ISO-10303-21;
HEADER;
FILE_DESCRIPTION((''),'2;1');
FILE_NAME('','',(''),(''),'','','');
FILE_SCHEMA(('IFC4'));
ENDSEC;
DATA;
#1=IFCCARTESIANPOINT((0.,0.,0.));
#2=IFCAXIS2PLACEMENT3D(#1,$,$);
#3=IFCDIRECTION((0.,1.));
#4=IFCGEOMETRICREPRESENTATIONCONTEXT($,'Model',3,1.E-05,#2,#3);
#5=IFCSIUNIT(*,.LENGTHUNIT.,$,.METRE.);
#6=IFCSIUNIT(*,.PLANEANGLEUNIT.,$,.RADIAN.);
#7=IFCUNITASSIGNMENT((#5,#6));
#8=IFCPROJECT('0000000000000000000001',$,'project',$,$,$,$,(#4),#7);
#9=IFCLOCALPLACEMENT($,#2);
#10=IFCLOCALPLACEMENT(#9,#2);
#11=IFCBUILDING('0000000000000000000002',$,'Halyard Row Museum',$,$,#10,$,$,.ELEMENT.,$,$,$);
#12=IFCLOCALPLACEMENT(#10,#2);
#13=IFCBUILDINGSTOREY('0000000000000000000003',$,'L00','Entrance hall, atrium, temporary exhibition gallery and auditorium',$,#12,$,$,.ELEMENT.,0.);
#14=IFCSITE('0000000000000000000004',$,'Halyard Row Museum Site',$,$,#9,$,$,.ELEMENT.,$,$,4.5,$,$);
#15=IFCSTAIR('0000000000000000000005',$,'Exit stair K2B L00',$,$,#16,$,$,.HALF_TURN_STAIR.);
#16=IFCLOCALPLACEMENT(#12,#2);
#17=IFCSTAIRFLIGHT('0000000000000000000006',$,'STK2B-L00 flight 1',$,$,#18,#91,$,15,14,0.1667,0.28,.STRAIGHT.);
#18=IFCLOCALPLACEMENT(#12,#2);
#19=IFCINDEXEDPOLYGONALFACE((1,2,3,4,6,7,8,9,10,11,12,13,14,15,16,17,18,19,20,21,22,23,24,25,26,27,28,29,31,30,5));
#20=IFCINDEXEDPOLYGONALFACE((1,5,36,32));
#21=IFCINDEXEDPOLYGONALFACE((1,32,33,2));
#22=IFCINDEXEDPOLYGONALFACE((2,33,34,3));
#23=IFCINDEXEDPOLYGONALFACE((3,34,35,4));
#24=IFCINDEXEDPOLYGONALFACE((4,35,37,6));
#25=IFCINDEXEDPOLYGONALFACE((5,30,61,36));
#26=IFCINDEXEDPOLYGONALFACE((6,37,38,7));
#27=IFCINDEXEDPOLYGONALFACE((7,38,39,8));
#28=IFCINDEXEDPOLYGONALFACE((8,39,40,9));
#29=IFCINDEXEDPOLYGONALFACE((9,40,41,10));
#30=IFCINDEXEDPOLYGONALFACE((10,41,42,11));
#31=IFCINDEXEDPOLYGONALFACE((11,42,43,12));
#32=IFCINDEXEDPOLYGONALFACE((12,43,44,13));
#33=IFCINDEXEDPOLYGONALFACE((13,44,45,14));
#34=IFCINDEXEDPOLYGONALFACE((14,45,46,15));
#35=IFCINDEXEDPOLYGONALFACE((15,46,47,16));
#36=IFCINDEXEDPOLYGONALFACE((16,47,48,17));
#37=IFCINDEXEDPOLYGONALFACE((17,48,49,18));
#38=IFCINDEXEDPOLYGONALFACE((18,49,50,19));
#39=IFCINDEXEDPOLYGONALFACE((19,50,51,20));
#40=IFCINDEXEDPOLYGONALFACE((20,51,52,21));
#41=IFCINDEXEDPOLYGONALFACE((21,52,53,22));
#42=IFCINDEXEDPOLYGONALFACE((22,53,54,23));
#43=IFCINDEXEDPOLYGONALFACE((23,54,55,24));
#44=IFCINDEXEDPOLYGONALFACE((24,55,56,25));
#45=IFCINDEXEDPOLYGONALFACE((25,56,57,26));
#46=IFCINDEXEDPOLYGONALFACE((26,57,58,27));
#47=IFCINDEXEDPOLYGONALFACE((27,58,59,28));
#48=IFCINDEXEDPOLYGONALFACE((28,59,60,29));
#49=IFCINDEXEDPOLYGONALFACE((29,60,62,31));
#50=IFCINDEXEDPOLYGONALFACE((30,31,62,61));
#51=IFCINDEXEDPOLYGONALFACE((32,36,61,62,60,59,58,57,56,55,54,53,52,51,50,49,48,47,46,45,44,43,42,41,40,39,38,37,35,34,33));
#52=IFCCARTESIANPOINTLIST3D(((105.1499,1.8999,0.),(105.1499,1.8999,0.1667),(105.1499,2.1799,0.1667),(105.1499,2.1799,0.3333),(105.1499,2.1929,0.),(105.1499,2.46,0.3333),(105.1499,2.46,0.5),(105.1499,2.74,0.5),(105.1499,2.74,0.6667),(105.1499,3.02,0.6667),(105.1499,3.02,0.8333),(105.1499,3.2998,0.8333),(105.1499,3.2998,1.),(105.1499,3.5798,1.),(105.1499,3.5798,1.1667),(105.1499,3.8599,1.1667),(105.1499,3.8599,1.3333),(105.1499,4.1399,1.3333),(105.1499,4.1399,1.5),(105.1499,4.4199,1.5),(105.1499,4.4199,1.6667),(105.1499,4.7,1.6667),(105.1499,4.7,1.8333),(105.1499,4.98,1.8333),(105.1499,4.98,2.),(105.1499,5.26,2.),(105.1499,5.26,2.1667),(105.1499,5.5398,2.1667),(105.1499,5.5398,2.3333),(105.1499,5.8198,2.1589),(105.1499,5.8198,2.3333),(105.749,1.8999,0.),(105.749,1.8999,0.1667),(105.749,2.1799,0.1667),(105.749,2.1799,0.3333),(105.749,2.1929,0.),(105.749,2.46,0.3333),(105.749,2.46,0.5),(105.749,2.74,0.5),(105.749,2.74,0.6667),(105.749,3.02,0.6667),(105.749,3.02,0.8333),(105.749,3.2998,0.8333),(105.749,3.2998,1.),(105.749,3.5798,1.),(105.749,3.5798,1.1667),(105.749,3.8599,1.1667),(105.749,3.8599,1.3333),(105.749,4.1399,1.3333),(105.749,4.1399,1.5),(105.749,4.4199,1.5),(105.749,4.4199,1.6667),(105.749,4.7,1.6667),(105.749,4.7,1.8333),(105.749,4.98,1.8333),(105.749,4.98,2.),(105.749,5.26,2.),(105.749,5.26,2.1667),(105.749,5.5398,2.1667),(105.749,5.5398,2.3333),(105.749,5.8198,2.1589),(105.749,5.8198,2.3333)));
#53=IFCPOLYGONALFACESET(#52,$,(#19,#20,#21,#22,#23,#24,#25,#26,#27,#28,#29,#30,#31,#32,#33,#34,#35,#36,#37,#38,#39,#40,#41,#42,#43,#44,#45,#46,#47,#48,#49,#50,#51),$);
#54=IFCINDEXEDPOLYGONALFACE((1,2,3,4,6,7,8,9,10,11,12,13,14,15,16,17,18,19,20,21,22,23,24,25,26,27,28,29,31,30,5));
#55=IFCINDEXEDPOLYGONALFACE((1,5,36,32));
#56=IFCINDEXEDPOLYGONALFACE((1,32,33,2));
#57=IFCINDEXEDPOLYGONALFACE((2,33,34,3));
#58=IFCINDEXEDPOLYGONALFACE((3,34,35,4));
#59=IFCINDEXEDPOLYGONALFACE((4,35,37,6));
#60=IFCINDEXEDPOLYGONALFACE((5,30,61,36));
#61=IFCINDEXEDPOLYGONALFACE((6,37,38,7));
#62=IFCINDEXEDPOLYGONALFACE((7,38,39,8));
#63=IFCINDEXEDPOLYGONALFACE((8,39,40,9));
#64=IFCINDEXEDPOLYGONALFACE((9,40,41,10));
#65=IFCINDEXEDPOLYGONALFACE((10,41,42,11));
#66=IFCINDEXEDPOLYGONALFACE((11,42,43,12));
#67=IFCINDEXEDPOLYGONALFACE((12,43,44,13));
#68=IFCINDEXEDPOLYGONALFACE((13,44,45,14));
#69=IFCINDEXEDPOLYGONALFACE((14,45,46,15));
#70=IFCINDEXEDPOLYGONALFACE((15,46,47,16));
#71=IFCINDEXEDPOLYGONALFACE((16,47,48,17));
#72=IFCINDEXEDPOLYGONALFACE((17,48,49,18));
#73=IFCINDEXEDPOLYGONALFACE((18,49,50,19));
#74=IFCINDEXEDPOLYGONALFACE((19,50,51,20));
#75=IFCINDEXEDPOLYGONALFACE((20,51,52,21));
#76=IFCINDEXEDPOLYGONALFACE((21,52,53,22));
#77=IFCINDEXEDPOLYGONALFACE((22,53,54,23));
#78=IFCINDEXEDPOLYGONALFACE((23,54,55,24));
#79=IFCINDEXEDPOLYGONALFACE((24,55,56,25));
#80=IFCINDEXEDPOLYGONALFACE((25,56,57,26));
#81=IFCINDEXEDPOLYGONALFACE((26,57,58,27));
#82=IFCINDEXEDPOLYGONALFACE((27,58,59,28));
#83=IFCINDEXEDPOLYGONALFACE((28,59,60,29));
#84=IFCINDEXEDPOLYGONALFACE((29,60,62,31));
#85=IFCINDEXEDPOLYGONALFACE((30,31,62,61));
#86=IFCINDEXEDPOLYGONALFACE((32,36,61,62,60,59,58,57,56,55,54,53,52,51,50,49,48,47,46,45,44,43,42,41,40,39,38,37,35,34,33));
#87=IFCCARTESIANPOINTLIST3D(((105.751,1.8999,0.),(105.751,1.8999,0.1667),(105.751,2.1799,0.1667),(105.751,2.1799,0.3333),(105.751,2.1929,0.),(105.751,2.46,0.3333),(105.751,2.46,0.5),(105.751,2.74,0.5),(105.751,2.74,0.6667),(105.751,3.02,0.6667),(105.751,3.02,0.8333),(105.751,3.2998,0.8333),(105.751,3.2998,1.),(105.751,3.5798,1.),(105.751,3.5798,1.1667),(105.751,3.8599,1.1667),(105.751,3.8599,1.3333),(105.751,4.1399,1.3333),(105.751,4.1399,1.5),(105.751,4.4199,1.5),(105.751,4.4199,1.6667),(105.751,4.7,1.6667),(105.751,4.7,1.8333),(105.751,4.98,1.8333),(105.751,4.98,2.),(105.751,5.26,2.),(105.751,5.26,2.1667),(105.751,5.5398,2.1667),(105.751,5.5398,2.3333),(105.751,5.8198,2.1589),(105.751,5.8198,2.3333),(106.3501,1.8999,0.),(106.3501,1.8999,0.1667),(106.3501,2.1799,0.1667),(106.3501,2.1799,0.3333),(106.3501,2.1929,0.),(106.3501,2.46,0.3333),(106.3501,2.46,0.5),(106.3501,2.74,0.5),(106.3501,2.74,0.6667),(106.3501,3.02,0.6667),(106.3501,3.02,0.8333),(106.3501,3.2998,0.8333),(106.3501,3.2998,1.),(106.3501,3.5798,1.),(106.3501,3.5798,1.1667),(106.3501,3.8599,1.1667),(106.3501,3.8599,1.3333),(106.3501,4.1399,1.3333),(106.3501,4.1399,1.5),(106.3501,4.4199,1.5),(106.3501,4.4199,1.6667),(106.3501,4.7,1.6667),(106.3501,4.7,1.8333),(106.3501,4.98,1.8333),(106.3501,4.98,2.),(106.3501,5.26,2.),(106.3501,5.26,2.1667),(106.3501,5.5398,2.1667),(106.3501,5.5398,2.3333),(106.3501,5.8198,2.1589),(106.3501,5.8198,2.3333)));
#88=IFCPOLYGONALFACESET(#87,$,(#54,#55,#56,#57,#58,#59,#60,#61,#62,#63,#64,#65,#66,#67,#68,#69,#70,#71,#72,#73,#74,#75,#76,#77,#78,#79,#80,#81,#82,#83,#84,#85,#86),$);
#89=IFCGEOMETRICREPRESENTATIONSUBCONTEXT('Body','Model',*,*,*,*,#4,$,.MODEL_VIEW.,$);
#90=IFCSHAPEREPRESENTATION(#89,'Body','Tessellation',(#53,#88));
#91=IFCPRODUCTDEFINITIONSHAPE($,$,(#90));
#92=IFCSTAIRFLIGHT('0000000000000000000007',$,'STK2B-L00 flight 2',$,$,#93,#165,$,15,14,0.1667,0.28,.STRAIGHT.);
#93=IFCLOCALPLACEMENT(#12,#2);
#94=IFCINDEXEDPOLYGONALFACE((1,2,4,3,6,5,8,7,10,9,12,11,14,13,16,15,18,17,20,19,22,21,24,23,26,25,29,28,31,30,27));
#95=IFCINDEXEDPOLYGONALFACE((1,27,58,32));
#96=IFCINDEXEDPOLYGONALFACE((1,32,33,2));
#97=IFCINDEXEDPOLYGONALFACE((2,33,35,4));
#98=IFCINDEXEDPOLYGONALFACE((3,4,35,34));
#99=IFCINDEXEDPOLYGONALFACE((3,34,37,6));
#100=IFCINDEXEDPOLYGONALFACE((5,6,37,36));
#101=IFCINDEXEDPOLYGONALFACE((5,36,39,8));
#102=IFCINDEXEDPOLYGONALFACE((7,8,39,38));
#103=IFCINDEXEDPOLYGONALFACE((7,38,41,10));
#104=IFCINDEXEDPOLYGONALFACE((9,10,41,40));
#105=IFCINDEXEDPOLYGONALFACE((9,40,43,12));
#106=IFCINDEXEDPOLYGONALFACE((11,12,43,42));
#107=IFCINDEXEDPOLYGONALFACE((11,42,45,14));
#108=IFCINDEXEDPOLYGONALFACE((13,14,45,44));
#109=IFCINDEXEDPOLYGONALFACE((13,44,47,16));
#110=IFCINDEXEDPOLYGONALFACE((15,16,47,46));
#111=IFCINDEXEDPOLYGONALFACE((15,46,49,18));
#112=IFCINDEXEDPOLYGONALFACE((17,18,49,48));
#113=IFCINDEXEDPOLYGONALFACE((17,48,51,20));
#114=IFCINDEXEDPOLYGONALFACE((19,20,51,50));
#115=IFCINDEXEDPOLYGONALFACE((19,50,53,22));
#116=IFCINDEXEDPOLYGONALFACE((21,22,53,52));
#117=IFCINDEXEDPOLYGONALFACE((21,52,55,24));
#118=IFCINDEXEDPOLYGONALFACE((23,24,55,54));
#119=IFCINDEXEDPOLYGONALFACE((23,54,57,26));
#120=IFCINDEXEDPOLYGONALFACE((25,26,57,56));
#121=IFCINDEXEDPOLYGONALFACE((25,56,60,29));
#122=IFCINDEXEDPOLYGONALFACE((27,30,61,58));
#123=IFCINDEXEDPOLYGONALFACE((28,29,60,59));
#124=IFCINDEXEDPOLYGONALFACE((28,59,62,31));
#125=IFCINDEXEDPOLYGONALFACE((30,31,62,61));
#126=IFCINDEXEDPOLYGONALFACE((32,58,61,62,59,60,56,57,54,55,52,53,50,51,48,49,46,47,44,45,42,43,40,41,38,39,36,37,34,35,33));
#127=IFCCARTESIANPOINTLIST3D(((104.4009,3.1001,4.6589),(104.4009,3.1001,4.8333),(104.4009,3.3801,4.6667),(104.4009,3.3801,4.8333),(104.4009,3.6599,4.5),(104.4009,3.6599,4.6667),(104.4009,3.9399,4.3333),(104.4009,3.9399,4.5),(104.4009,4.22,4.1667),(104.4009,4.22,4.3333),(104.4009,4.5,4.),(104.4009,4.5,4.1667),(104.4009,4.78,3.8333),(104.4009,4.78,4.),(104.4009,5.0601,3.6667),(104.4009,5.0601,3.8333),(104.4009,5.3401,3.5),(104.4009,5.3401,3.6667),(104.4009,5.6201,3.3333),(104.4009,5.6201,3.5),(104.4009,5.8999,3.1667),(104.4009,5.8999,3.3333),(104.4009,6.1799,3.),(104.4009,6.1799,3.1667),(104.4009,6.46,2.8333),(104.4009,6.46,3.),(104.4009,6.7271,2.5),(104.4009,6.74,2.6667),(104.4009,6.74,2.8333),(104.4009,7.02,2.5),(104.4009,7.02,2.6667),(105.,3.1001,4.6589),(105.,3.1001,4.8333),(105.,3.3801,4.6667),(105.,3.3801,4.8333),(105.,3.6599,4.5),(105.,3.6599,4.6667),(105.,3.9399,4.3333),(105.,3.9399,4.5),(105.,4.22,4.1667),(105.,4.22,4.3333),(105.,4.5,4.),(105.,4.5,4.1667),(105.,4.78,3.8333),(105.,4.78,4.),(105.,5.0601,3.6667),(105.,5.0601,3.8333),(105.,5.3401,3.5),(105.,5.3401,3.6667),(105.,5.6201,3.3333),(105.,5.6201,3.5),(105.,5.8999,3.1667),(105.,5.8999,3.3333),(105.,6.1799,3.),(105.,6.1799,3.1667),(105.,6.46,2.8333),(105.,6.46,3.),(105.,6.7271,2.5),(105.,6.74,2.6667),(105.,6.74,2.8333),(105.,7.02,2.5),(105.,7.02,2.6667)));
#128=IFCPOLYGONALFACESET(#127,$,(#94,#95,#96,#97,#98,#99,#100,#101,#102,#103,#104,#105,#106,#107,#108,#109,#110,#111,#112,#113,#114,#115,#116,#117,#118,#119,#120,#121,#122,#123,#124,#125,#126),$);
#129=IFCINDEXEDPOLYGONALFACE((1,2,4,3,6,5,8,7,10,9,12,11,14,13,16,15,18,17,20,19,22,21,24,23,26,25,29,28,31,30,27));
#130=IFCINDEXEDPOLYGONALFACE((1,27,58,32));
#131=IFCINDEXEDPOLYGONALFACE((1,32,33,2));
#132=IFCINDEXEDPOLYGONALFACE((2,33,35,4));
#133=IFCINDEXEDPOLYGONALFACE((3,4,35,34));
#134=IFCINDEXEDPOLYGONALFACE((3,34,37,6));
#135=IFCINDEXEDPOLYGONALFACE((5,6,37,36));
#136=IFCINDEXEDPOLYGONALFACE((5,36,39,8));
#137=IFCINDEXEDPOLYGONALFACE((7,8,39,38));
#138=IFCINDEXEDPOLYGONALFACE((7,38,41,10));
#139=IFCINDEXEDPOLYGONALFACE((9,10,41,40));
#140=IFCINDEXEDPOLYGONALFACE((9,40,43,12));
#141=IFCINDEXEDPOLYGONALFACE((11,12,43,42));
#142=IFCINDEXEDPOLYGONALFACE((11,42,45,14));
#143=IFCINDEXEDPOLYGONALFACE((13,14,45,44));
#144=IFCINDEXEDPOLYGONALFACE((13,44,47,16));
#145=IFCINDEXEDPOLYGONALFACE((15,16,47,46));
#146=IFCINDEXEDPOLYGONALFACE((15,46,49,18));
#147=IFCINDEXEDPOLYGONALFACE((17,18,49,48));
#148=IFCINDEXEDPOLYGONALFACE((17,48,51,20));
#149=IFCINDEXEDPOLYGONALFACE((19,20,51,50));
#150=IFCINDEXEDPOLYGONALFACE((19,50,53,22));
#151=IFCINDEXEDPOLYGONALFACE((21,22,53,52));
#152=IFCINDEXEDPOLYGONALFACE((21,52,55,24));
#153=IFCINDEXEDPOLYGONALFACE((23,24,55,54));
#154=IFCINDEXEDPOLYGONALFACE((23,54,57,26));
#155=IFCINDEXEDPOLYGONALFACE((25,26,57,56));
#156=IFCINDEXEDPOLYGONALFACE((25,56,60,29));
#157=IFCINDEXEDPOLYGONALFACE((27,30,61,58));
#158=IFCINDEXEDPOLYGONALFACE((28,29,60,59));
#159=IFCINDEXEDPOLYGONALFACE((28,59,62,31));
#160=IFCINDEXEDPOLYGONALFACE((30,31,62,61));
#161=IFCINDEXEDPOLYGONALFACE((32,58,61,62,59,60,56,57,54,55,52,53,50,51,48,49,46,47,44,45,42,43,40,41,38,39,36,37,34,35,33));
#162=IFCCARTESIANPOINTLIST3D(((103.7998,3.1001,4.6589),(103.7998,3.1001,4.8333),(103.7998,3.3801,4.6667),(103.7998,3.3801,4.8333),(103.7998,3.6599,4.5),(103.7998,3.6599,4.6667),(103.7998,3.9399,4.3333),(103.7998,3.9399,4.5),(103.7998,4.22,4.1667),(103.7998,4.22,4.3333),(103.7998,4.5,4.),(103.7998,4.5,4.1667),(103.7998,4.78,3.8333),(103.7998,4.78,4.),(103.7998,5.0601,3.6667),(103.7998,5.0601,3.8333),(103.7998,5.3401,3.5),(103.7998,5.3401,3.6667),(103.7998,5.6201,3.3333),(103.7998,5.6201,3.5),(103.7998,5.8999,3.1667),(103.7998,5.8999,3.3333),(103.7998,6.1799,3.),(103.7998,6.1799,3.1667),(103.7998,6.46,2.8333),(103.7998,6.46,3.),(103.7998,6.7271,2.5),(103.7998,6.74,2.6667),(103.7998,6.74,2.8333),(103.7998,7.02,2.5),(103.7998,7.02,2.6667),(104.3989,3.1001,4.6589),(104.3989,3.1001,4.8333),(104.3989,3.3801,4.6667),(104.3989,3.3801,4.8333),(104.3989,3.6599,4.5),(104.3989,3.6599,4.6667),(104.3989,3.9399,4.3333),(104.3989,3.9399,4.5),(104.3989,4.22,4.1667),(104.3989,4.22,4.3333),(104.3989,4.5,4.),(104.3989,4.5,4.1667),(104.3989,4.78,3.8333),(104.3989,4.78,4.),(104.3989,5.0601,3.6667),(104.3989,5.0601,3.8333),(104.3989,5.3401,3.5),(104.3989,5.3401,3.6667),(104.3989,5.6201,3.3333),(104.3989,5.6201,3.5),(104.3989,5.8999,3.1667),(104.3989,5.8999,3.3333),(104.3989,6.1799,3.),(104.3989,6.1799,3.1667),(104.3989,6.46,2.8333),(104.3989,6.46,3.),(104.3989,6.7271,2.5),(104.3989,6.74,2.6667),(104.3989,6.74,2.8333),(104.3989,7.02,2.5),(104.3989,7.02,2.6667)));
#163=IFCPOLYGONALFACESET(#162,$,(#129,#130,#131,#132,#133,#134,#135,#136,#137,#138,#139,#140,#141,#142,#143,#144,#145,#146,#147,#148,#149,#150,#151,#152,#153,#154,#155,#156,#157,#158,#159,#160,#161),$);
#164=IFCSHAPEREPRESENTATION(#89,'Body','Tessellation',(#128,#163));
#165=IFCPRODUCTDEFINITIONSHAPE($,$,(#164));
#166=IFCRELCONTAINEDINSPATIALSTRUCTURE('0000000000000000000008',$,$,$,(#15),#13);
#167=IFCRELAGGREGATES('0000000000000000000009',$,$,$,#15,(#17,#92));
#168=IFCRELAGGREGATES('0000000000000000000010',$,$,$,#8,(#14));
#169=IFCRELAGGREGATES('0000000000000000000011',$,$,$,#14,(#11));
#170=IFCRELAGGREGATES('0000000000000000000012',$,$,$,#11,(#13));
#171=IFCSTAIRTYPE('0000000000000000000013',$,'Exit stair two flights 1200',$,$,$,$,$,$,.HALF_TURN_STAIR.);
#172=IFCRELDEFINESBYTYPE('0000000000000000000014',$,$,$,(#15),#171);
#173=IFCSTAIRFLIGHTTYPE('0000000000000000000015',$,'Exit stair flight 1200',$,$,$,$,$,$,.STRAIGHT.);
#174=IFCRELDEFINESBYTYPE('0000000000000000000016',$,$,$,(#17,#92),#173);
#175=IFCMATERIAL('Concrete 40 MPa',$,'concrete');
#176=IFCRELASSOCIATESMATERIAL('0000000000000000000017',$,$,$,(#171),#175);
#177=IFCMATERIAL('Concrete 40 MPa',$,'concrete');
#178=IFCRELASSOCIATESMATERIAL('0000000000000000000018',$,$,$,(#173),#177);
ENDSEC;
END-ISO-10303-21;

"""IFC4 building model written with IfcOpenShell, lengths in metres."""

from ifc_helpers import new_model, si_unit, direction, frame, origin, place, context, subcontext, project, spatial, polyline, outline, extrude, material, type_object, element, aggregate, save


model = new_model("IFC4")

# Units and contexts
model_context = context("Model", 3, precision=1e-05, world=origin(), true_north=direction((0.0, 1.0)))
body_context = subcontext(model_context, "Body", "Model", "MODEL_VIEW")
ifc_project = project(units=[si_unit("LENGTHUNIT", "METRE"), si_unit("PLANEANGLEUNIT", "RADIAN")], contexts=[model_context])

# Site, building, storey
site_placement = place(None, origin())
site = spatial("IfcSite", under=ifc_project, at=site_placement, Name="Halyard Row Museum Site", CompositionType="ELEMENT", RefElevation=4.5)
building_placement = place(site_placement, origin())
building = spatial("IfcBuilding", under=site, at=building_placement, Name="Halyard Row Museum", CompositionType="ELEMENT")
storey_placement = place(building_placement, origin())
storey = spatial("IfcBuildingStorey", under=building, at=storey_placement, Name="L00", Description="Entrance hall, atrium, temporary exhibition gallery and auditorium", CompositionType="ELEMENT", Elevation=0.0)

# Stair, stair flights
ifc_material_1 = material(Name="Concrete 40 MPa", Category="concrete")
stair_type = type_object("IfcStairType", Name="Exit stair two flights 1200", PredefinedType="HALF_TURN_STAIR", material=ifc_material_1)
stair_placement = place(storey_placement, origin())
stair = element("IfcStair", 1, at=stair_placement, inside=storey, type_object=stair_type, Name="Exit stair K2B L00", PredefinedType="HALF_TURN_STAIR")
ifc_material_2 = material(Name="Concrete 40 MPa", Category="concrete")
stair_flight_type = type_object("IfcStairFlightType", Name="Exit stair flight 1200", PredefinedType="STRAIGHT", material=ifc_material_2)
stair_flight_1_placement = place(storey_placement, frame((105.75, 1.8999, 0.0), z_axis=(0.0, 0.0, 1.0), x_axis=(0.0, 1.0, 0.0)))
stair_flight_1 = element("IfcStairFlight", 2, at=stair_flight_1_placement, type_object=stair_flight_type, Name="STK2B-L00 flight 1", NumberOfRisers=15, NumberOfTreads=14, PredefinedType="STRAIGHT", RiserHeight=0.1667, TreadLength=0.28, context=body_context, shape_type="SweptSolid", body=[
    extrude(outline(polyline([(0.0, 0.0), (0.0, 0.1667), (0.28, 0.1667), (0.28, 0.3333), (0.5601, 0.3333), (0.5601, 0.5), (0.8401, 0.5), (0.8401, 0.6667), (1.1201, 0.6667), (1.1201, 0.8333), (1.3999, 0.8333), (1.3999, 1.0), (1.6799, 1.0), (1.6799, 1.1667), (1.96, 1.1667), (1.96, 1.3333), (2.24, 1.3333), (2.24, 1.5), (2.52, 1.5), (2.52, 1.6667), (2.8, 1.6667), (2.8, 1.8333), (3.0801, 1.8333), (3.0801, 2.0), (3.3601, 2.0), (3.3601, 2.1667), (3.6399, 2.1667), (3.6399, 2.3333), (3.9199, 2.3333), (3.9199, 2.5), (3.9199, 2.1589), (0.293, 0.0), (0.0, 0.0)])), frame((0.0, 0.6001, 0.0), z_axis=(0.0, -1.0, 0.0), x_axis=(1.0, 0.0, 0.0)), (0.0, 0.0, 1.0), 0.5991),
    extrude(outline(polyline([(0.0, 0.0), (0.0, 0.1667), (0.28, 0.1667), (0.28, 0.3333), (0.5601, 0.3333), (0.5601, 0.5), (0.8401, 0.5), (0.8401, 0.6667), (1.1201, 0.6667), (1.1201, 0.8333), (1.3999, 0.8333), (1.3999, 1.0), (1.6799, 1.0), (1.6799, 1.1667), (1.96, 1.1667), (1.96, 1.3333), (2.24, 1.3333), (2.24, 1.5), (2.52, 1.5), (2.52, 1.6667), (2.8, 1.6667), (2.8, 1.8333), (3.0801, 1.8333), (3.0801, 2.0), (3.3601, 2.0), (3.3601, 2.1667), (3.6399, 2.1667), (3.6399, 2.3333), (3.9199, 2.3333), (3.9199, 2.5), (3.9199, 2.1589), (0.293, 0.0), (0.0, 0.0)])), frame((0.0, -0.001, 0.0), z_axis=(0.0, -1.0, 0.0), x_axis=(1.0, 0.0, 0.0)), (0.0, 0.0, 1.0), 0.5991),
])
stair_flight_2_placement = place(storey_placement, frame((104.3999, 7.02, 2.5), z_axis=(0.0, 0.0, 1.0), x_axis=(0.0, -1.0, 0.0)))
stair_flight_2 = element("IfcStairFlight", 3, at=stair_flight_2_placement, type_object=stair_flight_type, Name="STK2B-L00 flight 2", NumberOfRisers=15, NumberOfTreads=14, PredefinedType="STRAIGHT", RiserHeight=0.1667, TreadLength=0.28, context=body_context, shape_type="SweptSolid", body=[
    extrude(outline(polyline([(0.0, 0.0), (0.0, 0.1667), (0.28, 0.1667), (0.28, 0.3333), (0.5601, 0.3333), (0.5601, 0.5), (0.8401, 0.5), (0.8401, 0.6667), (1.1201, 0.6667), (1.1201, 0.8333), (1.3999, 0.8333), (1.3999, 1.0), (1.6799, 1.0), (1.6799, 1.1667), (1.96, 1.1667), (1.96, 1.3333), (2.24, 1.3333), (2.24, 1.5), (2.52, 1.5), (2.52, 1.6667), (2.8, 1.6667), (2.8, 1.8333), (3.0801, 1.8333), (3.0801, 2.0), (3.3601, 2.0), (3.3601, 2.1667), (3.6399, 2.1667), (3.6399, 2.3333), (3.9199, 2.3333), (3.9199, 2.5), (3.9199, 2.1589), (0.293, 0.0), (0.0, 0.0)])), frame((0.0, 0.6001, 0.0), z_axis=(0.0, -1.0, 0.0), x_axis=(1.0, 0.0, 0.0)), (0.0, 0.0, 1.0), 0.5991),
    extrude(outline(polyline([(0.0, 0.0), (0.0, 0.1667), (0.28, 0.1667), (0.28, 0.3333), (0.5601, 0.3333), (0.5601, 0.5), (0.8401, 0.5), (0.8401, 0.6667), (1.1201, 0.6667), (1.1201, 0.8333), (1.3999, 0.8333), (1.3999, 1.0), (1.6799, 1.0), (1.6799, 1.1667), (1.96, 1.1667), (1.96, 1.3333), (2.24, 1.3333), (2.24, 1.5), (2.52, 1.5), (2.52, 1.6667), (2.8, 1.6667), (2.8, 1.8333), (3.0801, 1.8333), (3.0801, 2.0), (3.3601, 2.0), (3.3601, 2.1667), (3.6399, 2.1667), (3.6399, 2.3333), (3.9199, 2.3333), (3.9199, 2.5), (3.9199, 2.1589), (0.293, 0.0), (0.0, 0.0)])), frame((0.0, -0.001, 0.0), z_axis=(0.0, -1.0, 0.0), x_axis=(1.0, 0.0, 0.0)), (0.0, 0.0, 1.0), 0.5991),
])
aggregate(stair, [stair_flight_1, stair_flight_2])

save(model, "model.ifc")
